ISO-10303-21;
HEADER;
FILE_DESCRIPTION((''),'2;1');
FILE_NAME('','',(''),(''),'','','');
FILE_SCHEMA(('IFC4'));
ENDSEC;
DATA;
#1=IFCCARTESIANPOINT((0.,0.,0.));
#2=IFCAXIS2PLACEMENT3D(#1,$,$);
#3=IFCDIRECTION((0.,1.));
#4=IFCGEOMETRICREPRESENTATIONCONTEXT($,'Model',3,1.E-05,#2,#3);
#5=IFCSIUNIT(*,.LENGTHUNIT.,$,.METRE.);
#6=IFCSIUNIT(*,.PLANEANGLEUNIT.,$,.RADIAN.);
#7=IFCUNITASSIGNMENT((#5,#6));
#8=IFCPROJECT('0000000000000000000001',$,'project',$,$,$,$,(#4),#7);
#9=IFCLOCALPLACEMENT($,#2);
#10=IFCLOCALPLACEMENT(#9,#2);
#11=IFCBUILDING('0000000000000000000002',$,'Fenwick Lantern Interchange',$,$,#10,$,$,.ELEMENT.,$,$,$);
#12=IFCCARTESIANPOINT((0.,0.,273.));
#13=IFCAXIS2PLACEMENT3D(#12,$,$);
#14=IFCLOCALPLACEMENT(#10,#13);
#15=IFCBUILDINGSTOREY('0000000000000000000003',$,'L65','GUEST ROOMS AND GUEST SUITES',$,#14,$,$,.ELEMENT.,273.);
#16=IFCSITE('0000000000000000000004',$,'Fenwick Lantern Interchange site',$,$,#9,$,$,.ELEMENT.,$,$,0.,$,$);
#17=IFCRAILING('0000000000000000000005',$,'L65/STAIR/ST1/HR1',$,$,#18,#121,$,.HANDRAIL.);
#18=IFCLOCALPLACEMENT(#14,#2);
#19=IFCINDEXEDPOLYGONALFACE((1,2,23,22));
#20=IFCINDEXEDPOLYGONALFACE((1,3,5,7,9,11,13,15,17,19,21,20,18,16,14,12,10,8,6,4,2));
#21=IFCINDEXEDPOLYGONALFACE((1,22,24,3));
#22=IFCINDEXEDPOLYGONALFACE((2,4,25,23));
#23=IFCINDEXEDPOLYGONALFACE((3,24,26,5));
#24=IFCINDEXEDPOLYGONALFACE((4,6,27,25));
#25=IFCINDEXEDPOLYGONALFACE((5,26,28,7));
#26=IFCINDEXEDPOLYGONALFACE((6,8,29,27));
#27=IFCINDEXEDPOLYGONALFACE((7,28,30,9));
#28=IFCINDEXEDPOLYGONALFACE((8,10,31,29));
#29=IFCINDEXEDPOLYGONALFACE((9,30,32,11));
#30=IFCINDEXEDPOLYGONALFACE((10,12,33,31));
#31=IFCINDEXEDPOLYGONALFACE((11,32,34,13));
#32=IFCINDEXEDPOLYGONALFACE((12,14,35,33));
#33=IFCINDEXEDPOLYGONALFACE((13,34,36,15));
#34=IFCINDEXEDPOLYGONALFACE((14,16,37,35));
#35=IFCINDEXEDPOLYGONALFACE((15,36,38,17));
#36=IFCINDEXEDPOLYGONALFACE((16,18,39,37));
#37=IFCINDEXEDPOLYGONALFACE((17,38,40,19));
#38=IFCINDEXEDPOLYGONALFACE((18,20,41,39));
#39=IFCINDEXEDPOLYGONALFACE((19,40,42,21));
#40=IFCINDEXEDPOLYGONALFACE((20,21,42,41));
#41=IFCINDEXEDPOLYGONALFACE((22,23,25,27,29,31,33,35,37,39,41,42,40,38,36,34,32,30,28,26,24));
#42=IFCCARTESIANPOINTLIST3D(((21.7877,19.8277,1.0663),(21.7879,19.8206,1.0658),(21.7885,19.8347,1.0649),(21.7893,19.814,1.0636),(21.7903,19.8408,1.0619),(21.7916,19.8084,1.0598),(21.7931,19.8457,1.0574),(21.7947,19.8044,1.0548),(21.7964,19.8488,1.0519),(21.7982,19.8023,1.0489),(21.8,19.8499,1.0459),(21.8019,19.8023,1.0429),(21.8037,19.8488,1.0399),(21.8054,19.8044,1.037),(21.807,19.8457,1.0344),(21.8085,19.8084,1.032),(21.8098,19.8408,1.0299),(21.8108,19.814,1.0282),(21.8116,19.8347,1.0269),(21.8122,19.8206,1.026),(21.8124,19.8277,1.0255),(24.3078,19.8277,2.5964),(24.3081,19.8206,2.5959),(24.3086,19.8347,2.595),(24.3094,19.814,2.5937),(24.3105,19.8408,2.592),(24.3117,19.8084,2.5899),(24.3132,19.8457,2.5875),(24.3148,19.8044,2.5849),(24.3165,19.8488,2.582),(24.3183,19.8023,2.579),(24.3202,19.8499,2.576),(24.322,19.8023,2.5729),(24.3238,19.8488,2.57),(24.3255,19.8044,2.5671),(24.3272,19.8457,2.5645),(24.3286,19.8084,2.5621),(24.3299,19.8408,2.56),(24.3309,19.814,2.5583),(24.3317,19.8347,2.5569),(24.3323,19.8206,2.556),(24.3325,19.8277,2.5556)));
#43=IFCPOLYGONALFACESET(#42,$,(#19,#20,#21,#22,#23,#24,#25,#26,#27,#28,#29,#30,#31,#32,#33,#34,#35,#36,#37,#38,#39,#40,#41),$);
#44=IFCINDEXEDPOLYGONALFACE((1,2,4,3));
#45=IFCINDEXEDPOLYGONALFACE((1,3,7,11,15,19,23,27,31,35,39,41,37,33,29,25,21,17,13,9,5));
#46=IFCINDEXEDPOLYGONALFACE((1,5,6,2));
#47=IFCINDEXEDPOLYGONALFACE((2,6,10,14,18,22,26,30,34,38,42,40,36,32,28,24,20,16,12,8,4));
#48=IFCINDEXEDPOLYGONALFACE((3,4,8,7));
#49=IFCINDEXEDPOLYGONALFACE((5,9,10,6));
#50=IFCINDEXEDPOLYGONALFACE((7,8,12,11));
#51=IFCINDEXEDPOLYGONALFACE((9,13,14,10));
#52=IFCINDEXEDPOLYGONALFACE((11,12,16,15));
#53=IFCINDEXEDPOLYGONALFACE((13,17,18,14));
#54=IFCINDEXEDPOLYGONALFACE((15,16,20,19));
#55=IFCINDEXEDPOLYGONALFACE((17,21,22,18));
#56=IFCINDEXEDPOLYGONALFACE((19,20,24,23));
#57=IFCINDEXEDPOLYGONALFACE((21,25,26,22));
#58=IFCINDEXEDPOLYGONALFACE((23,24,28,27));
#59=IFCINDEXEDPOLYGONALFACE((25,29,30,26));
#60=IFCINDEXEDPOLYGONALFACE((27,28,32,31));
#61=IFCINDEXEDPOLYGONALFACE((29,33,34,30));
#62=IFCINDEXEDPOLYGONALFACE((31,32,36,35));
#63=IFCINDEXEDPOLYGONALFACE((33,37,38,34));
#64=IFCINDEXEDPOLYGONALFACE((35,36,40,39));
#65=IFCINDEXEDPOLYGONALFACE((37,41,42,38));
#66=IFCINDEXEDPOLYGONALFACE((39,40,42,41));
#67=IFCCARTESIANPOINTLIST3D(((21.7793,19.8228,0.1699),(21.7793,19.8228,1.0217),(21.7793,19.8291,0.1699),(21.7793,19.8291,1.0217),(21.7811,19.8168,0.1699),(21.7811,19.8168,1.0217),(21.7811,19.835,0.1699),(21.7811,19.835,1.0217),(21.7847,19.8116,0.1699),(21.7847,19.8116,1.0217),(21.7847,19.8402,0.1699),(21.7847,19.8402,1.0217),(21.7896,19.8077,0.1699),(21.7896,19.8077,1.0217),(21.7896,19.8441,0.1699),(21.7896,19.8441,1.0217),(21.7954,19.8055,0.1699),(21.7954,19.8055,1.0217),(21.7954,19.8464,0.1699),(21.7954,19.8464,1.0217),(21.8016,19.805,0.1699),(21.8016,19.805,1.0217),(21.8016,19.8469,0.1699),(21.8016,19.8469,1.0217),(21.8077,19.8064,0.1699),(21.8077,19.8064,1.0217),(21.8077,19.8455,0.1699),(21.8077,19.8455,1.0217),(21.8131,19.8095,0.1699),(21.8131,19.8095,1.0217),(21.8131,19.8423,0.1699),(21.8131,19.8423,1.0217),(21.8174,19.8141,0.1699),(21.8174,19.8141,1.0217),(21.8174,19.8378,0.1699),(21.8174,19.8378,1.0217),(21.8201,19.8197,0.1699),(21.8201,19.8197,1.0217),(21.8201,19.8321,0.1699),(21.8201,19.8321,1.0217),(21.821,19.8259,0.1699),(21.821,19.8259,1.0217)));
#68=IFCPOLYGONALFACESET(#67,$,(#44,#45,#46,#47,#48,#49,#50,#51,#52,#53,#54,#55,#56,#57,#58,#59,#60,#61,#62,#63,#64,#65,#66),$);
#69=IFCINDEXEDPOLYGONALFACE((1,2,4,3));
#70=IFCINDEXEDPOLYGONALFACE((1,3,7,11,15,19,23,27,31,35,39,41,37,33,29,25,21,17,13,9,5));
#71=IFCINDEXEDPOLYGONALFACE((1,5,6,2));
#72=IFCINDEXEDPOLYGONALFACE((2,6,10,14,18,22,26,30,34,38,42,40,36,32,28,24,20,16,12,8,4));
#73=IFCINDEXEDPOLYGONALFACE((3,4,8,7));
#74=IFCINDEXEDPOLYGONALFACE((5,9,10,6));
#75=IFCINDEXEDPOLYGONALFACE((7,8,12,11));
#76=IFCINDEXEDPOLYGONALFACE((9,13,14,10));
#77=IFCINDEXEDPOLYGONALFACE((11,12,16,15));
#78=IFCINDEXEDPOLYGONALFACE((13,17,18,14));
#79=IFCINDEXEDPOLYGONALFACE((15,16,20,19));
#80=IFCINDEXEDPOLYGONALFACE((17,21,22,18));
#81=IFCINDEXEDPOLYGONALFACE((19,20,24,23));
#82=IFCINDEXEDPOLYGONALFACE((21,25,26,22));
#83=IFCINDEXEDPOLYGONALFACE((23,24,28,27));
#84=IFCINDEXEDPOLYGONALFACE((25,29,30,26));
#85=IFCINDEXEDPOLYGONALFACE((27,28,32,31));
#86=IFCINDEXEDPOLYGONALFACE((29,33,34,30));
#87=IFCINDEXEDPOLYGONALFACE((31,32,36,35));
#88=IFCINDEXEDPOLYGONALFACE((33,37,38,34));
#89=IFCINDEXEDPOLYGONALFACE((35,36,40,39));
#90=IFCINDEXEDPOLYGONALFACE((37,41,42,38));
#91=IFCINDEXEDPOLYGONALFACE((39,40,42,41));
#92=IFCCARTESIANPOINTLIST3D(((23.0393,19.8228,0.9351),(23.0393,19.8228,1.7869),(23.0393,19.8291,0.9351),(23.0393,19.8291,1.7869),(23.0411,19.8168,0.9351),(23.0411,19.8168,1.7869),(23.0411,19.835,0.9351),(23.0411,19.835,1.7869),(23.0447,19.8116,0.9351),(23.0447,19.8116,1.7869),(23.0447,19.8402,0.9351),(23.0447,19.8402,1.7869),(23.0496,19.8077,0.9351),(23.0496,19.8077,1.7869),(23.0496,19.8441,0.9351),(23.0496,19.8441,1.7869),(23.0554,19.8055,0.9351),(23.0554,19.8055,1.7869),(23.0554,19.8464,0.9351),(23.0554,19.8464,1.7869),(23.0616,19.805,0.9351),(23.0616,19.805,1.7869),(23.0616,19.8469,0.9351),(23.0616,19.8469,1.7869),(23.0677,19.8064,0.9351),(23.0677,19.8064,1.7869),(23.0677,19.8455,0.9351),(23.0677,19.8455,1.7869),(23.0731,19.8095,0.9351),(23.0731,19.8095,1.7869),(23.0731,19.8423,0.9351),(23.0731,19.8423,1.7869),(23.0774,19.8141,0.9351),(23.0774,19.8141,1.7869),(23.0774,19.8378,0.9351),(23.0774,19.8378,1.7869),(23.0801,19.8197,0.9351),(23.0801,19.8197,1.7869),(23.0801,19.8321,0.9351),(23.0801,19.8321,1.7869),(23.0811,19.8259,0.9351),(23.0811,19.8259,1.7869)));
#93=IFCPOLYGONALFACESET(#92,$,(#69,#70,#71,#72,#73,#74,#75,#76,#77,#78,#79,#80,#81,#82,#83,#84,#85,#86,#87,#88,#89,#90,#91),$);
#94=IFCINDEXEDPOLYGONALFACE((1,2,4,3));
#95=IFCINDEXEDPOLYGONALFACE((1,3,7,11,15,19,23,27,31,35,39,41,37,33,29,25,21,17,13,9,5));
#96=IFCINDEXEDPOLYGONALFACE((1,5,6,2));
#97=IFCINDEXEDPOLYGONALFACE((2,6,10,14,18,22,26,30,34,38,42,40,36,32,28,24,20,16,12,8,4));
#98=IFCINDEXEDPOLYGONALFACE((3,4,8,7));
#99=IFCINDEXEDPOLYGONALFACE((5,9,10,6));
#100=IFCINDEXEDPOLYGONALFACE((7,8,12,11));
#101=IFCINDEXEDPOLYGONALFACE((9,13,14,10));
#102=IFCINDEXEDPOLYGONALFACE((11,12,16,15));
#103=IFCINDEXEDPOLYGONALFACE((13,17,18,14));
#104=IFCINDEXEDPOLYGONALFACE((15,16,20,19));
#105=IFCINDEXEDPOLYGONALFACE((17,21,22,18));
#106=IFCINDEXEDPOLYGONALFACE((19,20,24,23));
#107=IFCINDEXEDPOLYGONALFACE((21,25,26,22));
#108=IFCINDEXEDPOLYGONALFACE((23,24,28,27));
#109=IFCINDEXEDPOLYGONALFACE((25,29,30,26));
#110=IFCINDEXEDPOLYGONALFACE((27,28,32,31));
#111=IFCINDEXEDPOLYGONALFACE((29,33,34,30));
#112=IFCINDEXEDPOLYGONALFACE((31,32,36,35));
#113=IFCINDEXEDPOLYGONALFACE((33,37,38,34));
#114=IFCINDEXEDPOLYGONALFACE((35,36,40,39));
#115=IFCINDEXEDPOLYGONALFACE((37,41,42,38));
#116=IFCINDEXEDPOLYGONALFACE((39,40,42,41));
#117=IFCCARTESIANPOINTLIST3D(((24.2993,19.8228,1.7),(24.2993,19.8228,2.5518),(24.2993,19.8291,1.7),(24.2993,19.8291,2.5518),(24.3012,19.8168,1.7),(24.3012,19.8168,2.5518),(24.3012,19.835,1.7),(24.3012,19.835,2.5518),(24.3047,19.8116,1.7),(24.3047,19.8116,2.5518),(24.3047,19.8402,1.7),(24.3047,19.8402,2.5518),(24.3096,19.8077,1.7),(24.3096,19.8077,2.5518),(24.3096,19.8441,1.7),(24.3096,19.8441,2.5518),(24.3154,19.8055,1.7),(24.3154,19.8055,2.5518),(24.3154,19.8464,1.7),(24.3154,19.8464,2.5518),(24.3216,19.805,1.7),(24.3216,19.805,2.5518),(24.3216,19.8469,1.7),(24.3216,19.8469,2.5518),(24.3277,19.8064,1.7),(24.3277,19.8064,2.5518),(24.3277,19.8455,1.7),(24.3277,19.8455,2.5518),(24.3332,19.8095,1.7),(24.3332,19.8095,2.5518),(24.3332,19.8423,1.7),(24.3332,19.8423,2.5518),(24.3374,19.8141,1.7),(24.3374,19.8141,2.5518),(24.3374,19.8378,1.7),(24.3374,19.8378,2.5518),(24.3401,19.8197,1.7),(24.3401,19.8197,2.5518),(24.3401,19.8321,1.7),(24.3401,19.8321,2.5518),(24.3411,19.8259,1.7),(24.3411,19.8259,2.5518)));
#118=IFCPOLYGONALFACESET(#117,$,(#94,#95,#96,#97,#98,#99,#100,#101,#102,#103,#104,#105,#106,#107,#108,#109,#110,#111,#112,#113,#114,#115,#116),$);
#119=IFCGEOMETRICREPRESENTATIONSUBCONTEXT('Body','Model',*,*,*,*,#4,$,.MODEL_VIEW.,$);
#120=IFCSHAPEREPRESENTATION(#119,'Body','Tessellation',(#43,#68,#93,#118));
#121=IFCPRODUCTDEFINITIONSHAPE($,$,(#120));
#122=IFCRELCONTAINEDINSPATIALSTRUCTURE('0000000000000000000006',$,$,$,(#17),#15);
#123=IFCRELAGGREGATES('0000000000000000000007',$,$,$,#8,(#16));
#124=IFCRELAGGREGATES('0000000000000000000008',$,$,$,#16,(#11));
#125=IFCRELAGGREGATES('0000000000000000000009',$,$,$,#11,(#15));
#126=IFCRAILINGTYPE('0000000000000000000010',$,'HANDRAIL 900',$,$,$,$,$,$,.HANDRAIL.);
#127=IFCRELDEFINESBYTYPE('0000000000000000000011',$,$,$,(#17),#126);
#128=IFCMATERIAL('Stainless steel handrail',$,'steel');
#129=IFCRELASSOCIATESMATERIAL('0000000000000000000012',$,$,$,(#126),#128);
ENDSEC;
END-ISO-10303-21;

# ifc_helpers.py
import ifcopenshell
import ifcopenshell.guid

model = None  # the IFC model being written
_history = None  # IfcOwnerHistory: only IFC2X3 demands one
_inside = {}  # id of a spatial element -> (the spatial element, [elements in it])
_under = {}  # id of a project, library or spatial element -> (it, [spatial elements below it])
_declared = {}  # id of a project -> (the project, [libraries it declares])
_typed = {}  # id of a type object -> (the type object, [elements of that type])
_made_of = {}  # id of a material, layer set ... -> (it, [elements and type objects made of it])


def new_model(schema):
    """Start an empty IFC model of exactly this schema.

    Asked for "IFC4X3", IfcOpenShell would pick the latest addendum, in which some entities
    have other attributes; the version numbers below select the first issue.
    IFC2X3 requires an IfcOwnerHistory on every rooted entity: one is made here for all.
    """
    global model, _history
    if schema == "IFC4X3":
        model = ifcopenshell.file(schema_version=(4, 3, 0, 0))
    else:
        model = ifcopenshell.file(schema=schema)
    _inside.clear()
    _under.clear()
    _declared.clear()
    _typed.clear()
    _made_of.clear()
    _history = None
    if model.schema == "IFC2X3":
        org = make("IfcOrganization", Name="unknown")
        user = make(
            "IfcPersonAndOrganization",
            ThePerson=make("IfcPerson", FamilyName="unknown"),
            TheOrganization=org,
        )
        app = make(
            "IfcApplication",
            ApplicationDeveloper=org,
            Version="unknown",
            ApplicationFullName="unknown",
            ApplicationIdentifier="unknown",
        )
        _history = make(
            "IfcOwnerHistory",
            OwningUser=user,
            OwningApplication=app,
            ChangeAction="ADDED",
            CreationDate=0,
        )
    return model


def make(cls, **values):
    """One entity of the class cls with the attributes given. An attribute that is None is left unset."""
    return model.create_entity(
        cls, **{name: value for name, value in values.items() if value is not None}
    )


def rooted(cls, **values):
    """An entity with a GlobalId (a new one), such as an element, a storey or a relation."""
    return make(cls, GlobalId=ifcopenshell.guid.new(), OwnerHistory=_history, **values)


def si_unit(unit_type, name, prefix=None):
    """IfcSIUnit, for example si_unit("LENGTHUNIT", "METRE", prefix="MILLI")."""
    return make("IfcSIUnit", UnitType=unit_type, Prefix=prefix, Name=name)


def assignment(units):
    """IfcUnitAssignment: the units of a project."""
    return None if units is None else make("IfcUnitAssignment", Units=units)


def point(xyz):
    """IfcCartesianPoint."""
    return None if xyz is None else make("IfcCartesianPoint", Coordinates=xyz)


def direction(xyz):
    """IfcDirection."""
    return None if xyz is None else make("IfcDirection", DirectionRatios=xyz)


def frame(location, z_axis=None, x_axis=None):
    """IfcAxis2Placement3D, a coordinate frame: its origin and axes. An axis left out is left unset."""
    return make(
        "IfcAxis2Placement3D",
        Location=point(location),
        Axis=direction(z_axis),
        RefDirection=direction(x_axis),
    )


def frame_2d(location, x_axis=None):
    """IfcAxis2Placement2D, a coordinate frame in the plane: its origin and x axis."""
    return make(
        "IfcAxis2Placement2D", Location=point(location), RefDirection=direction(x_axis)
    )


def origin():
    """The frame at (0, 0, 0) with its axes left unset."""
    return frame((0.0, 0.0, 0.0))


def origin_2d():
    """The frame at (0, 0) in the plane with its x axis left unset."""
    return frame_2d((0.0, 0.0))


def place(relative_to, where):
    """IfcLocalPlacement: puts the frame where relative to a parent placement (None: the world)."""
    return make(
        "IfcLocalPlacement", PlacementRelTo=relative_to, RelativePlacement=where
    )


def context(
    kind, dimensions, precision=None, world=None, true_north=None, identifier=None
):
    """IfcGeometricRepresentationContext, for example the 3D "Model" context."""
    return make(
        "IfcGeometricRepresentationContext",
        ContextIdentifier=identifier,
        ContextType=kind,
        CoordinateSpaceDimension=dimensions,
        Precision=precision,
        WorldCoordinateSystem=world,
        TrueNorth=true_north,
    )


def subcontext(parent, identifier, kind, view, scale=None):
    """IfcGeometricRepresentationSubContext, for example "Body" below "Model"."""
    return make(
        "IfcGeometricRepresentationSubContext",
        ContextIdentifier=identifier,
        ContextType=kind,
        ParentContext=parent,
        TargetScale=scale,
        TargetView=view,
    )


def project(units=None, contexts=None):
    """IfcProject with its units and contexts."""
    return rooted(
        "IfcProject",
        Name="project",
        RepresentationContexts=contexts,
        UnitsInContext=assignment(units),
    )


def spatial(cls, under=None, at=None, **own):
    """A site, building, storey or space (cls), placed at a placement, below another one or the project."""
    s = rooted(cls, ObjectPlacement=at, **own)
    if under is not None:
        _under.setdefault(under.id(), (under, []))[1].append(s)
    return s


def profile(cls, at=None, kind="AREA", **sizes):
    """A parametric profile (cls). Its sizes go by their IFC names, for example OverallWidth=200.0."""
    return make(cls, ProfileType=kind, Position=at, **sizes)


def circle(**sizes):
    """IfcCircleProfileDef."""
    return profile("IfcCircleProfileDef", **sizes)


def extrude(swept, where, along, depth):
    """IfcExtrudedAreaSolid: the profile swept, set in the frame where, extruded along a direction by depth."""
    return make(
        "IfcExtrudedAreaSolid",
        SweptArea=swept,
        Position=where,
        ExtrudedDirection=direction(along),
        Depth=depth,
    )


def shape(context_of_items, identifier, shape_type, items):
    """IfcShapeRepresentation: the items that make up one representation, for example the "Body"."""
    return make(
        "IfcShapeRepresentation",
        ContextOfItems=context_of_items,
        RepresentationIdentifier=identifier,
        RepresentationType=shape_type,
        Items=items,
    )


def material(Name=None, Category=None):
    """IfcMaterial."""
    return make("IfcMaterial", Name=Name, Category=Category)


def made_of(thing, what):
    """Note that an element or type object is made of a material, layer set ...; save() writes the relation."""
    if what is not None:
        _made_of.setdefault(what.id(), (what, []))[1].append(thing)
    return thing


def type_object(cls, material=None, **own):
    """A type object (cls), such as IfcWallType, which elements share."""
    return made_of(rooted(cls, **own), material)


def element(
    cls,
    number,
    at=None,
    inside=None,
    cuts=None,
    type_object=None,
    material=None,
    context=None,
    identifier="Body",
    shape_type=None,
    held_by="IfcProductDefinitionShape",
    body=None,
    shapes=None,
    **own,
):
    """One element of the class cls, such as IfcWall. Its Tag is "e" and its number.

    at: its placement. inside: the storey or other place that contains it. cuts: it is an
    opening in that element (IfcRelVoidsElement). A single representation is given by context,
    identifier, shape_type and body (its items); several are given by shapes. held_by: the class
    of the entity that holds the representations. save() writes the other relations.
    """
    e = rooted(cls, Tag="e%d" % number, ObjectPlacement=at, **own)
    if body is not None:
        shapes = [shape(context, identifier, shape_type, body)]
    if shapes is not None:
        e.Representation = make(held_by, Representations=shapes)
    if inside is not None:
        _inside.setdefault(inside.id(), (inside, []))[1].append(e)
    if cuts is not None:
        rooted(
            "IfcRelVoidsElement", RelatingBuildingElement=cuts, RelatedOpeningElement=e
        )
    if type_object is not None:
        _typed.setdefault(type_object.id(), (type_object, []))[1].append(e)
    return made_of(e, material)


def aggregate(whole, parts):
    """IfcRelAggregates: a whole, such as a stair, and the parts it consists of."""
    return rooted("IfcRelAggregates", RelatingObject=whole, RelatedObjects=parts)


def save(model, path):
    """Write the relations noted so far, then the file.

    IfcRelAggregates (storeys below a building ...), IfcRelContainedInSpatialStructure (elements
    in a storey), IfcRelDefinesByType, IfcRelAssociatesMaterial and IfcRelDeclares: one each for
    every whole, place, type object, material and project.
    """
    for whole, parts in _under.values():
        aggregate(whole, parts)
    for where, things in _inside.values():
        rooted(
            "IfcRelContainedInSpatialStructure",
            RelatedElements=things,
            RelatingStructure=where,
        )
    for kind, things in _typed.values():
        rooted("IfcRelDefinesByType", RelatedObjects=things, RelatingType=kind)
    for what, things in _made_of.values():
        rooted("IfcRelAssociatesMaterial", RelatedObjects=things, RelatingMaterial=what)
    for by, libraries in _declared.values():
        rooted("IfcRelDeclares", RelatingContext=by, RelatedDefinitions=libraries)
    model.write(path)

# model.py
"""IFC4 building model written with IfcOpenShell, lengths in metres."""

from ifc_helpers import new_model, si_unit, direction, frame, origin, origin_2d, place, context, subcontext, project, spatial, circle, extrude, material, type_object, element, save


model = new_model("IFC4")

# Units and contexts
model_context = context("Model", 3, precision=1e-05, world=origin(), true_north=direction((0.0, 1.0)))
body_context = subcontext(model_context, "Body", "Model", "MODEL_VIEW")
ifc_project = project(units=[si_unit("LENGTHUNIT", "METRE"), si_unit("PLANEANGLEUNIT", "RADIAN")], contexts=[model_context])

# Site, building, storey
site_placement = place(None, origin())
site = spatial("IfcSite", under=ifc_project, at=site_placement, Name="Fenwick Lantern Interchange site", CompositionType="ELEMENT", RefElevation=0.0)
building_placement = place(site_placement, origin())
building = spatial("IfcBuilding", under=site, at=building_placement, Name="Fenwick Lantern Interchange", CompositionType="ELEMENT")
storey_placement = place(building_placement, frame((0.0, 0.0, 273.0)))
storey = spatial("IfcBuildingStorey", under=building, at=storey_placement, Name="L65", Description="GUEST ROOMS AND GUEST SUITES", CompositionType="ELEMENT", Elevation=273.0)

# Railing
ifc_material_1 = material(Name="Stainless steel handrail", Category="steel")
railing_type = type_object("IfcRailingType", Name="HANDRAIL 900", PredefinedType="HANDRAIL", material=ifc_material_1)
railing_1_placement = place(storey_placement, frame((21.8, 19.8259, 0.1699)))
element("IfcRailing", 1, at=railing_1_placement, inside=storey, type_object=railing_type, Name="L65/STAIR/ST1/HR1", PredefinedType="HANDRAIL", context=body_context, shape_type="SweptSolid", body=[
    extrude(circle(Radius=0.0239, at=origin_2d()), frame((0.0, 0.0, 0.876), z_axis=(0.854785, 0.0, 0.518982), x_axis=(0.0, 1.0, 0.0)), (0.0, 0.0, 1.0), 2.9482),
    extrude(circle(Radius=0.021, at=origin_2d()), origin(), (0.0, 0.0, 1.0), 0.8518),
    extrude(circle(Radius=0.021, at=origin_2d()), frame((1.26, 0.0, 0.7651)), (0.0, 0.0, 1.0), 0.8518),
    extrude(circle(Radius=0.021, at=origin_2d()), frame((2.52, 0.0, 1.53)), (0.0, 0.0, 1.0), 0.8518),
])

save(model, "model.ifc")
